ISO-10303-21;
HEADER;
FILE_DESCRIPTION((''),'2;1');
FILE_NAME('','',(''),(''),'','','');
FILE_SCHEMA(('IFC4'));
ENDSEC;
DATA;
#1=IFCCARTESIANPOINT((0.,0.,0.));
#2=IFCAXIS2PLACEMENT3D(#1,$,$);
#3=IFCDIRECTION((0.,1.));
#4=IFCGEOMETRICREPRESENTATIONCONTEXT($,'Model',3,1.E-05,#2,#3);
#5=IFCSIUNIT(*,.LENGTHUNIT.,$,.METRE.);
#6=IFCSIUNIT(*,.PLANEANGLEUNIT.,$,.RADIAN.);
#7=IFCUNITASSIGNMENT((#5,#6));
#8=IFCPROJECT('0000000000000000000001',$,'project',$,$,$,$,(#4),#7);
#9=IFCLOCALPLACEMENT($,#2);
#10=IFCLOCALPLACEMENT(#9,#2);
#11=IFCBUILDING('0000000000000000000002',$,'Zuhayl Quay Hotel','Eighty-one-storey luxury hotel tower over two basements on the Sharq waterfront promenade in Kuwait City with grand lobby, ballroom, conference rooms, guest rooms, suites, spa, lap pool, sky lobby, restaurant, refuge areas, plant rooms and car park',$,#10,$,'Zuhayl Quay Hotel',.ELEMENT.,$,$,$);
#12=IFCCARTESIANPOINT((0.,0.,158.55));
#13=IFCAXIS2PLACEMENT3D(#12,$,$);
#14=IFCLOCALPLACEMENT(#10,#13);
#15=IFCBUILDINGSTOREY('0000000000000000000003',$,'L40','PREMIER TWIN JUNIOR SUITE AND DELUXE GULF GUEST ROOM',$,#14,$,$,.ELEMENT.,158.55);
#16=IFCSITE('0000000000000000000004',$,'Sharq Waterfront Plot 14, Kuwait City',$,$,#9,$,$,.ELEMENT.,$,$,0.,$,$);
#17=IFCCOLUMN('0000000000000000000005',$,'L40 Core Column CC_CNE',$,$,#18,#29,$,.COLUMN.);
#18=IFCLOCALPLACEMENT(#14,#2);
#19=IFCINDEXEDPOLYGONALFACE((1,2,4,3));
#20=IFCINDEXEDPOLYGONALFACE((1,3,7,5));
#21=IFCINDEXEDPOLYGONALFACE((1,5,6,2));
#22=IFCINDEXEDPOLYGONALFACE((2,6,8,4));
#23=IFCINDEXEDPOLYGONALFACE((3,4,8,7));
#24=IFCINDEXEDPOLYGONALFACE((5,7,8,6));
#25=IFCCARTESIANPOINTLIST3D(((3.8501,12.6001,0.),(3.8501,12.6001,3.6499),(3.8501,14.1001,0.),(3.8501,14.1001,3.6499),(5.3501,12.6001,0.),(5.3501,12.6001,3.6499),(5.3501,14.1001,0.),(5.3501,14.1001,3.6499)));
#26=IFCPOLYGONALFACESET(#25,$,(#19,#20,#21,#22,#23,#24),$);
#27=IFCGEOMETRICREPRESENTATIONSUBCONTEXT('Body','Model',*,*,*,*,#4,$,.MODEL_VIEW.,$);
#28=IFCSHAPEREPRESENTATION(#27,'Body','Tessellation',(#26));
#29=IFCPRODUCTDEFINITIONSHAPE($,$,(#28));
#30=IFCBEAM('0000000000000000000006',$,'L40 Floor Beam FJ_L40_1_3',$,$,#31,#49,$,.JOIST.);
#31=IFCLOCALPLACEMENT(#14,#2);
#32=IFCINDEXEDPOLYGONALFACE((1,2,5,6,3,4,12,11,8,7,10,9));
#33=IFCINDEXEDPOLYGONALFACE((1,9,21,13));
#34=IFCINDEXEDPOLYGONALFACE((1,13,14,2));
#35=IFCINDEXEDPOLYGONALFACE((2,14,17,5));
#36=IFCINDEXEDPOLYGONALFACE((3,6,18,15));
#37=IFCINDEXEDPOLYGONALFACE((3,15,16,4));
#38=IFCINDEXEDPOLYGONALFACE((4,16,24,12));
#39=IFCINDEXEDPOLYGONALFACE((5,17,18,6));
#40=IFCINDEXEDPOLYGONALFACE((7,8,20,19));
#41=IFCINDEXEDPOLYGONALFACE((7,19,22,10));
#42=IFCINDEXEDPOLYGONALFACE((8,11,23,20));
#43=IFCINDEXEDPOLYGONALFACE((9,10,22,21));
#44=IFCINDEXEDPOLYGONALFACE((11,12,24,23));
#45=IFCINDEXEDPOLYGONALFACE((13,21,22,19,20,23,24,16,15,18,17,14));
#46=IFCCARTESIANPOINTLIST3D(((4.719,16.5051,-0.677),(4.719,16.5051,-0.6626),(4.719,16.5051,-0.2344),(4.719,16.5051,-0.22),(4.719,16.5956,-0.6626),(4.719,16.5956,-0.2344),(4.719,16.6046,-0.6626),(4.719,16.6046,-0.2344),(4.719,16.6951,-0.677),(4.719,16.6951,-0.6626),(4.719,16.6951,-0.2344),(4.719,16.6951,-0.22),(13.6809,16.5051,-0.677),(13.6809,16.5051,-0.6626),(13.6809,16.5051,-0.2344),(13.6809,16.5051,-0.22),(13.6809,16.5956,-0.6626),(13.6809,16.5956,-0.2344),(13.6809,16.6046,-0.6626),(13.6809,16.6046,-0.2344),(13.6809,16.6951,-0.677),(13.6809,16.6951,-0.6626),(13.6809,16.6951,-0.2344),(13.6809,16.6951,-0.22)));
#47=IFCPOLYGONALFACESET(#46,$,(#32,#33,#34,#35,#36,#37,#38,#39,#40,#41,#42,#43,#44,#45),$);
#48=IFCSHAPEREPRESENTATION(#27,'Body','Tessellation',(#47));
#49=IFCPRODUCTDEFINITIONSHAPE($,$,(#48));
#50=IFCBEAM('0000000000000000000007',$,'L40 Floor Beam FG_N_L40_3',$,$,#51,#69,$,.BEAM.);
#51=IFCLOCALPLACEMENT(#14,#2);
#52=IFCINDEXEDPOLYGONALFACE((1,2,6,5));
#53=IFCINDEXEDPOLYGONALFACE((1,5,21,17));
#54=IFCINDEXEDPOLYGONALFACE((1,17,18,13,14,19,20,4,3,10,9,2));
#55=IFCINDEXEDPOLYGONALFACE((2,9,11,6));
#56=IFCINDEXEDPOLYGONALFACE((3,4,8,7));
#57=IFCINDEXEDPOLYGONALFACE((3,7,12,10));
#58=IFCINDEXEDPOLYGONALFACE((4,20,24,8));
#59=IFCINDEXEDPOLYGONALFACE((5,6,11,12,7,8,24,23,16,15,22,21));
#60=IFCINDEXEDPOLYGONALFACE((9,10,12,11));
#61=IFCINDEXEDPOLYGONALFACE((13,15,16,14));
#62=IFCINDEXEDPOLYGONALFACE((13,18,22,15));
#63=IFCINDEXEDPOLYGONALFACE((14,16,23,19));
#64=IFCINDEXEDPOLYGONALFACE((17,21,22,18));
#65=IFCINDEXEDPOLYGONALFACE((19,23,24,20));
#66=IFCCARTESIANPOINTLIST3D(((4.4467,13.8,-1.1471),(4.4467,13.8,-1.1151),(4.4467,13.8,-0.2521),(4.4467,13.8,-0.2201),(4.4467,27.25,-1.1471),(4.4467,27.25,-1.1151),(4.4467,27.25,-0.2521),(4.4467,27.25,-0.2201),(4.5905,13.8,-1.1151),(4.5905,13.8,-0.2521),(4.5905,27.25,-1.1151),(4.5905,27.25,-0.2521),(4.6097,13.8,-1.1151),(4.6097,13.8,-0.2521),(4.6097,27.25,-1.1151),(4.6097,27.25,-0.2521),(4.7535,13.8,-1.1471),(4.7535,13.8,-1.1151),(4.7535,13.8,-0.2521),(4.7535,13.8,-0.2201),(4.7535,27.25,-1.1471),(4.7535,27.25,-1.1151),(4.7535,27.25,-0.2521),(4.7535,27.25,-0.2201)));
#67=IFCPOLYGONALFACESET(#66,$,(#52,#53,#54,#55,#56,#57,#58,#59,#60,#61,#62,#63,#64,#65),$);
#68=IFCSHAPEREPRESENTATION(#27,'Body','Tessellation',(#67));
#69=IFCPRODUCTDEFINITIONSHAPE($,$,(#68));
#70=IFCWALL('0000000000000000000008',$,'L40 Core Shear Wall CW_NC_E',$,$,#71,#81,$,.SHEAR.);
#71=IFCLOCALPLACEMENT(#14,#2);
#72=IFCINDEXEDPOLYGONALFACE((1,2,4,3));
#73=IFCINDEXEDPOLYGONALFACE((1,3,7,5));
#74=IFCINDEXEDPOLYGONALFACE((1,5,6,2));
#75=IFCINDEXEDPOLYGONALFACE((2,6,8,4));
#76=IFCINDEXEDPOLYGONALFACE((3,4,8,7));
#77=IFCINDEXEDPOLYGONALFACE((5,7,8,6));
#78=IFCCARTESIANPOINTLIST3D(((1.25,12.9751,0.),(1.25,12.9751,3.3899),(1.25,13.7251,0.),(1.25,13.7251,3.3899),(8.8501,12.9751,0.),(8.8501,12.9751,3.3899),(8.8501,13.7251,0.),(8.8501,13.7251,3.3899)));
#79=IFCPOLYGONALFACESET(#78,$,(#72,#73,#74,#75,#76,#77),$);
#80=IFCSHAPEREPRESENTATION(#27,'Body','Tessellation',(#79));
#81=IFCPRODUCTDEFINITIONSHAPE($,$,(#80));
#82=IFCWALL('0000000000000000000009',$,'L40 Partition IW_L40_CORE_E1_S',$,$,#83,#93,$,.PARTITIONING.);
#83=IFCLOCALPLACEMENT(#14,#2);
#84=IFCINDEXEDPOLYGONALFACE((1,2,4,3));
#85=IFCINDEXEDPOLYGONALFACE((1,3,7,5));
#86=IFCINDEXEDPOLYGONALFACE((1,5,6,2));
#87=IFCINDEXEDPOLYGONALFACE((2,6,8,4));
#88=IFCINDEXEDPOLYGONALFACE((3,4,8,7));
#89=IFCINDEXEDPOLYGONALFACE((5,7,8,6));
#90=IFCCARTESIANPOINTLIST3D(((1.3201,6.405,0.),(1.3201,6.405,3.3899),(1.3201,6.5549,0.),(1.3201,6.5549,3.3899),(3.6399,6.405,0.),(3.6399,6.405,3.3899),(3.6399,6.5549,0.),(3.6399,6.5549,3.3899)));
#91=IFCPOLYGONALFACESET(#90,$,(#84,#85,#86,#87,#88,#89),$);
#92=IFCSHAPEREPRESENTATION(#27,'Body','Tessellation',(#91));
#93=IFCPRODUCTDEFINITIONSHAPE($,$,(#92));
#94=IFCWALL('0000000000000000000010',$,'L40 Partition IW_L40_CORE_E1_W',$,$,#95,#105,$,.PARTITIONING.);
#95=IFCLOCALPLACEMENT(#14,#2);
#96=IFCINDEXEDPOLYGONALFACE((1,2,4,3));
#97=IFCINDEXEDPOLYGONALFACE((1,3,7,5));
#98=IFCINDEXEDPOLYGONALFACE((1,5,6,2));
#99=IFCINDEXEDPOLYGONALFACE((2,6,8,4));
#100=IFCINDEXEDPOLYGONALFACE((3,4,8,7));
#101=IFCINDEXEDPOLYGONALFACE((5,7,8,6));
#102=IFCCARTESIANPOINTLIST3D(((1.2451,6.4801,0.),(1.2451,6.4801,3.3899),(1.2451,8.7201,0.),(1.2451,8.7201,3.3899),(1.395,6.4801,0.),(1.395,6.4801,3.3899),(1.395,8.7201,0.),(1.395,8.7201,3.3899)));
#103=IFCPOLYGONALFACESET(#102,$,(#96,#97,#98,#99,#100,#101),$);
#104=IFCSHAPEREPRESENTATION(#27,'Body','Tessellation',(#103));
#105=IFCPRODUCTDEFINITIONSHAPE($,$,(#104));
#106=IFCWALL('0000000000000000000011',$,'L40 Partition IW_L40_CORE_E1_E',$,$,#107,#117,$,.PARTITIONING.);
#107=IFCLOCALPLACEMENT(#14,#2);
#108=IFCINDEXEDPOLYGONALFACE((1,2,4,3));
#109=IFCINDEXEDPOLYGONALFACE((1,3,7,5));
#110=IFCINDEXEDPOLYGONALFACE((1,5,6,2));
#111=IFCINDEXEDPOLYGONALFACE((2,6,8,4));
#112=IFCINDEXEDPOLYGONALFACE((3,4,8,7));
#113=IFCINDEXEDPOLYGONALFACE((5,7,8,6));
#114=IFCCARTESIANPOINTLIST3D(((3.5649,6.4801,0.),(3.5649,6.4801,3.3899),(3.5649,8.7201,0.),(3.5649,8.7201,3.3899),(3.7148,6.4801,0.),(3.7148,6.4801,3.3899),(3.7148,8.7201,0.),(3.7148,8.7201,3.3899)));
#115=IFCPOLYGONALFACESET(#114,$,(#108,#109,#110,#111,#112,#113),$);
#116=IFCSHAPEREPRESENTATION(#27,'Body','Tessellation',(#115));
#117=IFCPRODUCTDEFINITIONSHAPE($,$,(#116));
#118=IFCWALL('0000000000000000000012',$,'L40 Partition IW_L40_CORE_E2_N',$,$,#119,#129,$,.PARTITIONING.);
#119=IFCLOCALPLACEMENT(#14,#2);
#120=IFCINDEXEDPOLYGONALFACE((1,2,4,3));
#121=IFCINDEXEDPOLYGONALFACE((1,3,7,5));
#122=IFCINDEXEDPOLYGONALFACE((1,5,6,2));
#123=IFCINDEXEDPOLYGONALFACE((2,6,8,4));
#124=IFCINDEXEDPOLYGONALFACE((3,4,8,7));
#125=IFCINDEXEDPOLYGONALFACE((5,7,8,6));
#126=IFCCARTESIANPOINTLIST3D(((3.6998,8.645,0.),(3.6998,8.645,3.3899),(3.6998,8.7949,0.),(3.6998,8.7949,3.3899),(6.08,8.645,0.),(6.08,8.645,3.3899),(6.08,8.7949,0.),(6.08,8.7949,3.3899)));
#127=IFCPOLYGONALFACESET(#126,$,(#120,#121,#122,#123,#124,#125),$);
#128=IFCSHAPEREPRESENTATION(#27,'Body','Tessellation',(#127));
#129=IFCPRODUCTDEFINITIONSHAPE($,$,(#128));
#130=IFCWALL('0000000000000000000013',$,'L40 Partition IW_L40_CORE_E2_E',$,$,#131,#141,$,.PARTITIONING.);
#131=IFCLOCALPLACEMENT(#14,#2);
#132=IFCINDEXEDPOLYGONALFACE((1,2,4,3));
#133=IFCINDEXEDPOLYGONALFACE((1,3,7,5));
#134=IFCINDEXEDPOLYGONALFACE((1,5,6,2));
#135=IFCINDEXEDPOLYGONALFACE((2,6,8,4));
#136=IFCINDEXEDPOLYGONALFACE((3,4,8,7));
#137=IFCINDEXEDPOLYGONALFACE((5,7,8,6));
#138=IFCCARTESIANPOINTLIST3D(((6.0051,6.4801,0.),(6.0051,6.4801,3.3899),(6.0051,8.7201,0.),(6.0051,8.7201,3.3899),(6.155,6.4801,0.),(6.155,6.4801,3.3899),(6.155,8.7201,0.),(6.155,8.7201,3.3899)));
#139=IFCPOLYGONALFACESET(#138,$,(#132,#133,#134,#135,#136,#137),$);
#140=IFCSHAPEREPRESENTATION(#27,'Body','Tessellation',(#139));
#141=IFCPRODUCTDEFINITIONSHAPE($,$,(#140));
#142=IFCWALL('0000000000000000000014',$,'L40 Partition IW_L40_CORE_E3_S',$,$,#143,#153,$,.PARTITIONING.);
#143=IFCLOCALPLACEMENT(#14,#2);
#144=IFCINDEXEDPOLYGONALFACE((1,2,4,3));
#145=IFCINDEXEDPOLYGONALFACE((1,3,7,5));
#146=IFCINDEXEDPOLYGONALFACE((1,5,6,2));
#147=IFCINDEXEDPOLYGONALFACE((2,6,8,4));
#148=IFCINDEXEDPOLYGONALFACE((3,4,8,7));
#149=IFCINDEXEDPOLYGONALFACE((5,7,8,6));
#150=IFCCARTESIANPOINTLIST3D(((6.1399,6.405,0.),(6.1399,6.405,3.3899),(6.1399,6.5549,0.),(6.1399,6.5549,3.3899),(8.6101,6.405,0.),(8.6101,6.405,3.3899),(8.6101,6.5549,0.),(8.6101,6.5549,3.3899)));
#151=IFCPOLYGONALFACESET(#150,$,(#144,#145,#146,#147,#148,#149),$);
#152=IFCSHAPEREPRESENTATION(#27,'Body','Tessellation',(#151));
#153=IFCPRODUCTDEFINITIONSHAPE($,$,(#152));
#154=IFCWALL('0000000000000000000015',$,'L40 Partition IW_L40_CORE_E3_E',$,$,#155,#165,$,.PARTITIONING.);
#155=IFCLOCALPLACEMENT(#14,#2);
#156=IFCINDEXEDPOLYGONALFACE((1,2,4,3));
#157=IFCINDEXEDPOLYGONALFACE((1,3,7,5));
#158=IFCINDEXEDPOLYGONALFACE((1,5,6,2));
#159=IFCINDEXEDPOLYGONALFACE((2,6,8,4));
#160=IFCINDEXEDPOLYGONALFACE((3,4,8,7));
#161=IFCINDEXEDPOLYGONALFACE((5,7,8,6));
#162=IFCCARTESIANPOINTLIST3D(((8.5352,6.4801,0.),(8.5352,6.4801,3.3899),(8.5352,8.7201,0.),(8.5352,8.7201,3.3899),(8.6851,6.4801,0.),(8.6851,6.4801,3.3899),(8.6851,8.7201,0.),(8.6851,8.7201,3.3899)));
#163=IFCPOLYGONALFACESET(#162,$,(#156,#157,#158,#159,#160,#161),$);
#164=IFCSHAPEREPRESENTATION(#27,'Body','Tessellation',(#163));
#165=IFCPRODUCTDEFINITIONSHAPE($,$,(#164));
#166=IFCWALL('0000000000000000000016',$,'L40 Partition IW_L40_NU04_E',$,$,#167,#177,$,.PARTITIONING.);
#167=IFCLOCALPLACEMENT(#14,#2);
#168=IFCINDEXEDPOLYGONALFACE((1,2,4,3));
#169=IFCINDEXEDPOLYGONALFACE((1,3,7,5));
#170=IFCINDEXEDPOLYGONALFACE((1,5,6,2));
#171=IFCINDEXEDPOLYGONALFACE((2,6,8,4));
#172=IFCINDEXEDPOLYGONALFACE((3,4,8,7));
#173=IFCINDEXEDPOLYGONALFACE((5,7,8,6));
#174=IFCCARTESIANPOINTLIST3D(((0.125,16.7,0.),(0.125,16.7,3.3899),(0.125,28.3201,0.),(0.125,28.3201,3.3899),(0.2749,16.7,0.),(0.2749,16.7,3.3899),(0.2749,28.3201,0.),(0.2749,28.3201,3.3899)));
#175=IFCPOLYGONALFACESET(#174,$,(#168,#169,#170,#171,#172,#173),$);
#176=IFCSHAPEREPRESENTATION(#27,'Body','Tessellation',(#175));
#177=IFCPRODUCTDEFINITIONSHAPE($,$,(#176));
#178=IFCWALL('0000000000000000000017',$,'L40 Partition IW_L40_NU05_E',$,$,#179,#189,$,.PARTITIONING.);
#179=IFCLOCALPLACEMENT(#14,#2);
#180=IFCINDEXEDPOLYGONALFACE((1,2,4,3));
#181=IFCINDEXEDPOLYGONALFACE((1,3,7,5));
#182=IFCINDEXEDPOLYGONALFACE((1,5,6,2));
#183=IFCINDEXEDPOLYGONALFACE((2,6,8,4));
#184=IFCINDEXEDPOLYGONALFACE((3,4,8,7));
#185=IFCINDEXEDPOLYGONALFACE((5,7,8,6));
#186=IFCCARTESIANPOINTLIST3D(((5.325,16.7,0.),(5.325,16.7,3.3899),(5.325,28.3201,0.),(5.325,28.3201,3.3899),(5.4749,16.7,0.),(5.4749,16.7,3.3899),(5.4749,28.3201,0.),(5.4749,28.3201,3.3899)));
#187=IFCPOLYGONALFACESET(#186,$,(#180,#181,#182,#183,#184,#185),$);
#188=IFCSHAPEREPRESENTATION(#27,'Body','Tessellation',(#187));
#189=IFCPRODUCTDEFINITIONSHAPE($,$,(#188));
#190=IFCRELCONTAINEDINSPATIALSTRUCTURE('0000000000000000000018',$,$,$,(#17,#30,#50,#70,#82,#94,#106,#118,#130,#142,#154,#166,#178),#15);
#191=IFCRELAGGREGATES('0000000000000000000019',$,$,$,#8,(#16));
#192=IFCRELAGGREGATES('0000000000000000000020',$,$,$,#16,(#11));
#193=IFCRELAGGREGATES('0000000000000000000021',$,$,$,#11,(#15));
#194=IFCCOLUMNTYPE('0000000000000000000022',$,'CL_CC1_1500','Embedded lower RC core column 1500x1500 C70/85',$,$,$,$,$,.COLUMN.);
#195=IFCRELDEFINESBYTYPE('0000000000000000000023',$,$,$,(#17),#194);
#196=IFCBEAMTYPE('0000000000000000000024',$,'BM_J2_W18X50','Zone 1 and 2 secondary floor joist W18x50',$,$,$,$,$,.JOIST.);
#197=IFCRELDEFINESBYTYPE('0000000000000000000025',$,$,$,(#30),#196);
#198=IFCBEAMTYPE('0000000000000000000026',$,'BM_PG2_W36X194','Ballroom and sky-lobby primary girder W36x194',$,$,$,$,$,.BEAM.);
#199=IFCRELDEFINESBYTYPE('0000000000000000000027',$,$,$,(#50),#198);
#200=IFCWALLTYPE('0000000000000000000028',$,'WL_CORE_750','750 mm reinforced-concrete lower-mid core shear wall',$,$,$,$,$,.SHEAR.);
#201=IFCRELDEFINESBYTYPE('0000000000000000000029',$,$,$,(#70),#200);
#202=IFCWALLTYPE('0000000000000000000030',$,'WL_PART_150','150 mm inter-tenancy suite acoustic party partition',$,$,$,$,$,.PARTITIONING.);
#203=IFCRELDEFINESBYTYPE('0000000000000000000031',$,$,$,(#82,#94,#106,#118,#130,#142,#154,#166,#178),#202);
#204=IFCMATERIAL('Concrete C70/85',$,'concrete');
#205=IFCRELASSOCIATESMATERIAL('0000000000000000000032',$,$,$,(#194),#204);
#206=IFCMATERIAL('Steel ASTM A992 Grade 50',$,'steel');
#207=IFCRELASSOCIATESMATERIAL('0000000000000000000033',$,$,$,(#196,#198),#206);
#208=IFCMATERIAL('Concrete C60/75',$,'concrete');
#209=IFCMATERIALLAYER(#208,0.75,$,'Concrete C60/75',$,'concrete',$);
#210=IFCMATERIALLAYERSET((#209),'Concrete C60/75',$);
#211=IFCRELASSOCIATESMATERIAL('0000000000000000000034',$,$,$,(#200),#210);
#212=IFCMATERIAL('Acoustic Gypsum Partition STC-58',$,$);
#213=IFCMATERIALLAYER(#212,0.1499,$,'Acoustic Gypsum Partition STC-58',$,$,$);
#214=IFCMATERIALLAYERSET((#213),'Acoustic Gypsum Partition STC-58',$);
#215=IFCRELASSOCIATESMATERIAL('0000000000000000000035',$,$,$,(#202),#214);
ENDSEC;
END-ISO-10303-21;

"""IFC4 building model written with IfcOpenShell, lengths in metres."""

from ifc_helpers import new_model, si_unit, direction, frame, frame_2d, origin, origin_2d, place, context, subcontext, project, spatial, rectangle, i_section, extrude, material, layer, layer_set, material_profile, profile_set, type_object, element, save


model = new_model("IFC4")

# Units and contexts
model_context = context("Model", 3, precision=1e-05, world=origin(), true_north=direction((0.0, 1.0)))
body_context = subcontext(model_context, "Body", "Model", "MODEL_VIEW")
ifc_project = project(units=[si_unit("LENGTHUNIT", "METRE"), si_unit("PLANEANGLEUNIT", "RADIAN")], contexts=[model_context])

# Site, building, storey
site_placement = place(None, origin())
site = spatial("IfcSite", under=ifc_project, at=site_placement, Name="Sharq Waterfront Plot 14, Kuwait City", CompositionType="ELEMENT", RefElevation=0.0)
building_placement = place(site_placement, origin())
building = spatial("IfcBuilding", under=site, at=building_placement, Name="Zuhayl Quay Hotel", Description="Eighty-one-storey luxury hotel tower over two basements on the Sharq waterfront promenade in Kuwait City with grand lobby, ballroom, conference rooms, guest rooms, suites, spa, lap pool, sky lobby, restaurant, refuge areas, plant rooms and car park", LongName="Zuhayl Quay Hotel", CompositionType="ELEMENT")
storey_placement = place(building_placement, frame((0.0, 0.0, 158.55)))
storey = spatial("IfcBuildingStorey", under=building, at=storey_placement, Name="L40", Description="PREMIER TWIN JUNIOR SUITE AND DELUXE GULF GUEST ROOM", CompositionType="ELEMENT", Elevation=158.55)

# Column
ifc_material_1 = material(Name="Concrete C70/85", Category="concrete")
ifc_material_profile_1 = material_profile(ifc_material_1, rectangle(XDim=1.5, YDim=1.5, at=origin_2d()), Name="RC1500X1500")
ifc_profile_set_1 = profile_set([ifc_material_profile_1], Name="Concrete C70/85")
column_type = type_object("IfcColumnType", Name="CL_CC1_1500", Description="Embedded lower RC core column 1500x1500 C70/85", PredefinedType="COLUMN", material=ifc_profile_set_1)
column_placement = place(storey_placement, frame((4.6001, 13.3501, 0.0), z_axis=(0.0, 0.0, 1.0), x_axis=(1.0, 0.0, 0.0)))
element("IfcColumn", 1, at=column_placement, inside=storey, type_object=column_type, Name="L40 Core Column CC_CNE", PredefinedType="COLUMN", context=body_context, shape_type="SweptSolid", body=[
    extrude(rectangle(XDim=1.5, YDim=1.5, at=origin_2d()), origin(), (0.0, 0.0, 1.0), 3.6499),
])

# Beams
ifc_material_2 = material(Name="Steel ASTM A992 Grade 50", Category="steel")
ifc_material_profile_2 = material_profile(ifc_material_2, i_section(OverallWidth=0.1899, OverallDepth=0.457, WebThickness=0.009, FlangeThickness=0.0144, at=origin_2d()), Name="W18X50")
ifc_profile_set_2 = profile_set([ifc_material_profile_2], Name="Steel ASTM A992 Grade 50")
beam_type_1 = type_object("IfcBeamType", Name="BM_J2_W18X50", Description="Zone 1 and 2 secondary floor joist W18x50", PredefinedType="JOIST", material=ifc_profile_set_2)
beam_1_placement = place(storey_placement, frame((4.719, 16.6001, -0.4485), z_axis=(1.0, 0.0, 0.0), x_axis=(0.0, 1.0, 0.0)))
element("IfcBeam", 2, at=beam_1_placement, inside=storey, type_object=beam_type_1, Name="L40 Floor Beam FJ_L40_1_3", PredefinedType="JOIST", context=body_context, shape_type="SweptSolid", body=[
    extrude(i_section(OverallWidth=0.1899, OverallDepth=0.457, WebThickness=0.009, FlangeThickness=0.0144, at=origin_2d()), origin(), (0.0, 0.0, 1.0), 8.9619),
])
ifc_material_profile_3 = material_profile(ifc_material_2, i_section(OverallWidth=0.3069, OverallDepth=0.927, WebThickness=0.0193, FlangeThickness=0.032, at=origin_2d()), Name="W36X194")
ifc_profile_set_3 = profile_set([ifc_material_profile_3], Name="Steel ASTM A992 Grade 50")
beam_type_2 = type_object("IfcBeamType", Name="BM_PG2_W36X194", Description="Ballroom and sky-lobby primary girder W36x194", PredefinedType="BEAM", material=ifc_profile_set_3)
beam_2_placement = place(storey_placement, frame((4.6001, 13.8, -0.6836), z_axis=(0.0, 1.0, 0.0), x_axis=(-1.0, 0.0, 0.0)))
element("IfcBeam", 3, at=beam_2_placement, inside=storey, type_object=beam_type_2, Name="L40 Floor Beam FG_N_L40_3", PredefinedType="BEAM", context=body_context, shape_type="SweptSolid", body=[
    extrude(i_section(OverallWidth=0.3069, OverallDepth=0.927, WebThickness=0.0193, FlangeThickness=0.032, at=origin_2d()), origin(), (0.0, 0.0, 1.0), 13.45),
])

# Wall
ifc_material_3 = material(Name="Concrete C60/75", Category="concrete")
ifc_layer_1 = layer(ifc_material_3, 0.75, Name="Concrete C60/75", Category="concrete")
ifc_layer_set_1 = layer_set([ifc_layer_1], Name="Concrete C60/75")
wall_type_1 = type_object("IfcWallType", Name="WL_CORE_750", Description="750 mm reinforced-concrete lower-mid core shear wall", PredefinedType="SHEAR", material=ifc_layer_set_1)
wall_1_placement = place(storey_placement, frame((1.25, 13.3501, 0.0), z_axis=(0.0, 0.0, 1.0), x_axis=(1.0, 0.0, 0.0)))
element("IfcWall", 4, at=wall_1_placement, inside=storey, type_object=wall_type_1, Name="L40 Core Shear Wall CW_NC_E", PredefinedType="SHEAR", context=body_context, shape_type="SweptSolid", body=[
    extrude(rectangle(XDim=7.6001, YDim=0.75, at=frame_2d((3.8, 0.0))), origin(), (0.0, 0.0, 1.0), 3.3899),
])

# Shared definitions
ifc_material_4 = material(Name="Acoustic Gypsum Partition STC-58")
ifc_layer_2 = layer(ifc_material_4, 0.1499, Name="Acoustic Gypsum Partition STC-58")
ifc_layer_set_2 = layer_set([ifc_layer_2], Name="Acoustic Gypsum Partition STC-58")
wall_type_2 = type_object("IfcWallType", Name="WL_PART_150", Description="150 mm inter-tenancy suite acoustic party partition", PredefinedType="PARTITIONING", material=ifc_layer_set_2)

# Walls
wall_2_placement = place(storey_placement, frame((1.3201, 6.48, 0.0), z_axis=(0.0, 0.0, 1.0), x_axis=(1.0, 0.0, 0.0)))
element("IfcWall", 5, at=wall_2_placement, inside=storey, type_object=wall_type_2, Name="L40 Partition IW_L40_CORE_E1_S", PredefinedType="PARTITIONING", context=body_context, shape_type="SweptSolid", body=[
    extrude(rectangle(XDim=2.3198, YDim=0.1499, at=frame_2d((1.1599, 0.0))), origin(), (0.0, 0.0, 1.0), 3.3899),
])
for number, where, z_axis, x_axis, name in (
    (6, (1.3201, 6.48, 0.0), (0.0, 0.0, 1.0), (0.0, 1.0, 0.0), "L40 Partition IW_L40_CORE_E1_W"),
    (7, (3.6399, 6.48, 0.0), (0.0, 0.0, 1.0), (0.0, 1.0, 0.0), "L40 Partition IW_L40_CORE_E1_E"),
):
    element("IfcWall", number, at=place(storey_placement, frame(where, z_axis=z_axis, x_axis=x_axis)), inside=storey, type_object=wall_type_2, Name=name, PredefinedType="PARTITIONING", context=body_context, shape_type="SweptSolid", body=[
        extrude(rectangle(XDim=2.24, YDim=0.1499, at=frame_2d((1.1201, 0.0))), origin(), (0.0, 0.0, 1.0), 3.3899),
    ])
wall_3_placement = place(storey_placement, frame((3.7, 8.72, 0.0), z_axis=(0.0, 0.0, 1.0), x_axis=(1.0, 0.0, 0.0)))
element("IfcWall", 8, at=wall_3_placement, inside=storey, type_object=wall_type_2, Name="L40 Partition IW_L40_CORE_E2_N", PredefinedType="PARTITIONING", context=body_context, shape_type="SweptSolid", body=[
    extrude(rectangle(XDim=2.3801, YDim=0.1499, at=frame_2d((1.1899, 0.0))), origin(), (0.0, 0.0, 1.0), 3.3899),
])
wall_4_placement = place(storey_placement, frame((6.0801, 6.48, 0.0), z_axis=(0.0, 0.0, 1.0), x_axis=(0.0, 1.0, 0.0)))
element("IfcWall", 9, at=wall_4_placement, inside=storey, type_object=wall_type_2, Name="L40 Partition IW_L40_CORE_E2_E", PredefinedType="PARTITIONING", context=body_context, shape_type="SweptSolid", body=[
    extrude(rectangle(XDim=2.24, YDim=0.1499, at=frame_2d((1.1201, 0.0))), origin(), (0.0, 0.0, 1.0), 3.3899),
])
wall_5_placement = place(storey_placement, frame((6.1399, 6.48, 0.0), z_axis=(0.0, 0.0, 1.0), x_axis=(1.0, 0.0, 0.0)))
element("IfcWall", 10, at=wall_5_placement, inside=storey, type_object=wall_type_2, Name="L40 Partition IW_L40_CORE_E3_S", PredefinedType="PARTITIONING", context=body_context, shape_type="SweptSolid", body=[
    extrude(rectangle(XDim=2.4702, YDim=0.1499, at=frame_2d((1.2351, 0.0))), origin(), (0.0, 0.0, 1.0), 3.3899),
])
wall_6_placement = place(storey_placement, frame((8.6101, 6.48, 0.0), z_axis=(0.0, 0.0, 1.0), x_axis=(0.0, 1.0, 0.0)))
element("IfcWall", 11, at=wall_6_placement, inside=storey, type_object=wall_type_2, Name="L40 Partition IW_L40_CORE_E3_E", PredefinedType="PARTITIONING", context=body_context, shape_type="SweptSolid", body=[
    extrude(rectangle(XDim=2.24, YDim=0.1499, at=frame_2d((1.1201, 0.0))), origin(), (0.0, 0.0, 1.0), 3.3899),
])
for number, where, z_axis, x_axis, name in (
    (12, (0.2, 16.7, 0.0), (0.0, 0.0, 1.0), (0.0, 1.0, 0.0), "L40 Partition IW_L40_NU04_E"),
    (13, (5.3999, 16.7, 0.0), (0.0, 0.0, 1.0), (0.0, 1.0, 0.0), "L40 Partition IW_L40_NU05_E"),
):
    element("IfcWall", number, at=place(storey_placement, frame(where, z_axis=z_axis, x_axis=x_axis)), inside=storey, type_object=wall_type_2, Name=name, PredefinedType="PARTITIONING", context=body_context, shape_type="SweptSolid", body=[
        extrude(rectangle(XDim=11.6201, YDim=0.1499, at=frame_2d((5.8101, 0.0))), origin(), (0.0, 0.0, 1.0), 3.3899),
    ])

save(model, "model.ifc")
